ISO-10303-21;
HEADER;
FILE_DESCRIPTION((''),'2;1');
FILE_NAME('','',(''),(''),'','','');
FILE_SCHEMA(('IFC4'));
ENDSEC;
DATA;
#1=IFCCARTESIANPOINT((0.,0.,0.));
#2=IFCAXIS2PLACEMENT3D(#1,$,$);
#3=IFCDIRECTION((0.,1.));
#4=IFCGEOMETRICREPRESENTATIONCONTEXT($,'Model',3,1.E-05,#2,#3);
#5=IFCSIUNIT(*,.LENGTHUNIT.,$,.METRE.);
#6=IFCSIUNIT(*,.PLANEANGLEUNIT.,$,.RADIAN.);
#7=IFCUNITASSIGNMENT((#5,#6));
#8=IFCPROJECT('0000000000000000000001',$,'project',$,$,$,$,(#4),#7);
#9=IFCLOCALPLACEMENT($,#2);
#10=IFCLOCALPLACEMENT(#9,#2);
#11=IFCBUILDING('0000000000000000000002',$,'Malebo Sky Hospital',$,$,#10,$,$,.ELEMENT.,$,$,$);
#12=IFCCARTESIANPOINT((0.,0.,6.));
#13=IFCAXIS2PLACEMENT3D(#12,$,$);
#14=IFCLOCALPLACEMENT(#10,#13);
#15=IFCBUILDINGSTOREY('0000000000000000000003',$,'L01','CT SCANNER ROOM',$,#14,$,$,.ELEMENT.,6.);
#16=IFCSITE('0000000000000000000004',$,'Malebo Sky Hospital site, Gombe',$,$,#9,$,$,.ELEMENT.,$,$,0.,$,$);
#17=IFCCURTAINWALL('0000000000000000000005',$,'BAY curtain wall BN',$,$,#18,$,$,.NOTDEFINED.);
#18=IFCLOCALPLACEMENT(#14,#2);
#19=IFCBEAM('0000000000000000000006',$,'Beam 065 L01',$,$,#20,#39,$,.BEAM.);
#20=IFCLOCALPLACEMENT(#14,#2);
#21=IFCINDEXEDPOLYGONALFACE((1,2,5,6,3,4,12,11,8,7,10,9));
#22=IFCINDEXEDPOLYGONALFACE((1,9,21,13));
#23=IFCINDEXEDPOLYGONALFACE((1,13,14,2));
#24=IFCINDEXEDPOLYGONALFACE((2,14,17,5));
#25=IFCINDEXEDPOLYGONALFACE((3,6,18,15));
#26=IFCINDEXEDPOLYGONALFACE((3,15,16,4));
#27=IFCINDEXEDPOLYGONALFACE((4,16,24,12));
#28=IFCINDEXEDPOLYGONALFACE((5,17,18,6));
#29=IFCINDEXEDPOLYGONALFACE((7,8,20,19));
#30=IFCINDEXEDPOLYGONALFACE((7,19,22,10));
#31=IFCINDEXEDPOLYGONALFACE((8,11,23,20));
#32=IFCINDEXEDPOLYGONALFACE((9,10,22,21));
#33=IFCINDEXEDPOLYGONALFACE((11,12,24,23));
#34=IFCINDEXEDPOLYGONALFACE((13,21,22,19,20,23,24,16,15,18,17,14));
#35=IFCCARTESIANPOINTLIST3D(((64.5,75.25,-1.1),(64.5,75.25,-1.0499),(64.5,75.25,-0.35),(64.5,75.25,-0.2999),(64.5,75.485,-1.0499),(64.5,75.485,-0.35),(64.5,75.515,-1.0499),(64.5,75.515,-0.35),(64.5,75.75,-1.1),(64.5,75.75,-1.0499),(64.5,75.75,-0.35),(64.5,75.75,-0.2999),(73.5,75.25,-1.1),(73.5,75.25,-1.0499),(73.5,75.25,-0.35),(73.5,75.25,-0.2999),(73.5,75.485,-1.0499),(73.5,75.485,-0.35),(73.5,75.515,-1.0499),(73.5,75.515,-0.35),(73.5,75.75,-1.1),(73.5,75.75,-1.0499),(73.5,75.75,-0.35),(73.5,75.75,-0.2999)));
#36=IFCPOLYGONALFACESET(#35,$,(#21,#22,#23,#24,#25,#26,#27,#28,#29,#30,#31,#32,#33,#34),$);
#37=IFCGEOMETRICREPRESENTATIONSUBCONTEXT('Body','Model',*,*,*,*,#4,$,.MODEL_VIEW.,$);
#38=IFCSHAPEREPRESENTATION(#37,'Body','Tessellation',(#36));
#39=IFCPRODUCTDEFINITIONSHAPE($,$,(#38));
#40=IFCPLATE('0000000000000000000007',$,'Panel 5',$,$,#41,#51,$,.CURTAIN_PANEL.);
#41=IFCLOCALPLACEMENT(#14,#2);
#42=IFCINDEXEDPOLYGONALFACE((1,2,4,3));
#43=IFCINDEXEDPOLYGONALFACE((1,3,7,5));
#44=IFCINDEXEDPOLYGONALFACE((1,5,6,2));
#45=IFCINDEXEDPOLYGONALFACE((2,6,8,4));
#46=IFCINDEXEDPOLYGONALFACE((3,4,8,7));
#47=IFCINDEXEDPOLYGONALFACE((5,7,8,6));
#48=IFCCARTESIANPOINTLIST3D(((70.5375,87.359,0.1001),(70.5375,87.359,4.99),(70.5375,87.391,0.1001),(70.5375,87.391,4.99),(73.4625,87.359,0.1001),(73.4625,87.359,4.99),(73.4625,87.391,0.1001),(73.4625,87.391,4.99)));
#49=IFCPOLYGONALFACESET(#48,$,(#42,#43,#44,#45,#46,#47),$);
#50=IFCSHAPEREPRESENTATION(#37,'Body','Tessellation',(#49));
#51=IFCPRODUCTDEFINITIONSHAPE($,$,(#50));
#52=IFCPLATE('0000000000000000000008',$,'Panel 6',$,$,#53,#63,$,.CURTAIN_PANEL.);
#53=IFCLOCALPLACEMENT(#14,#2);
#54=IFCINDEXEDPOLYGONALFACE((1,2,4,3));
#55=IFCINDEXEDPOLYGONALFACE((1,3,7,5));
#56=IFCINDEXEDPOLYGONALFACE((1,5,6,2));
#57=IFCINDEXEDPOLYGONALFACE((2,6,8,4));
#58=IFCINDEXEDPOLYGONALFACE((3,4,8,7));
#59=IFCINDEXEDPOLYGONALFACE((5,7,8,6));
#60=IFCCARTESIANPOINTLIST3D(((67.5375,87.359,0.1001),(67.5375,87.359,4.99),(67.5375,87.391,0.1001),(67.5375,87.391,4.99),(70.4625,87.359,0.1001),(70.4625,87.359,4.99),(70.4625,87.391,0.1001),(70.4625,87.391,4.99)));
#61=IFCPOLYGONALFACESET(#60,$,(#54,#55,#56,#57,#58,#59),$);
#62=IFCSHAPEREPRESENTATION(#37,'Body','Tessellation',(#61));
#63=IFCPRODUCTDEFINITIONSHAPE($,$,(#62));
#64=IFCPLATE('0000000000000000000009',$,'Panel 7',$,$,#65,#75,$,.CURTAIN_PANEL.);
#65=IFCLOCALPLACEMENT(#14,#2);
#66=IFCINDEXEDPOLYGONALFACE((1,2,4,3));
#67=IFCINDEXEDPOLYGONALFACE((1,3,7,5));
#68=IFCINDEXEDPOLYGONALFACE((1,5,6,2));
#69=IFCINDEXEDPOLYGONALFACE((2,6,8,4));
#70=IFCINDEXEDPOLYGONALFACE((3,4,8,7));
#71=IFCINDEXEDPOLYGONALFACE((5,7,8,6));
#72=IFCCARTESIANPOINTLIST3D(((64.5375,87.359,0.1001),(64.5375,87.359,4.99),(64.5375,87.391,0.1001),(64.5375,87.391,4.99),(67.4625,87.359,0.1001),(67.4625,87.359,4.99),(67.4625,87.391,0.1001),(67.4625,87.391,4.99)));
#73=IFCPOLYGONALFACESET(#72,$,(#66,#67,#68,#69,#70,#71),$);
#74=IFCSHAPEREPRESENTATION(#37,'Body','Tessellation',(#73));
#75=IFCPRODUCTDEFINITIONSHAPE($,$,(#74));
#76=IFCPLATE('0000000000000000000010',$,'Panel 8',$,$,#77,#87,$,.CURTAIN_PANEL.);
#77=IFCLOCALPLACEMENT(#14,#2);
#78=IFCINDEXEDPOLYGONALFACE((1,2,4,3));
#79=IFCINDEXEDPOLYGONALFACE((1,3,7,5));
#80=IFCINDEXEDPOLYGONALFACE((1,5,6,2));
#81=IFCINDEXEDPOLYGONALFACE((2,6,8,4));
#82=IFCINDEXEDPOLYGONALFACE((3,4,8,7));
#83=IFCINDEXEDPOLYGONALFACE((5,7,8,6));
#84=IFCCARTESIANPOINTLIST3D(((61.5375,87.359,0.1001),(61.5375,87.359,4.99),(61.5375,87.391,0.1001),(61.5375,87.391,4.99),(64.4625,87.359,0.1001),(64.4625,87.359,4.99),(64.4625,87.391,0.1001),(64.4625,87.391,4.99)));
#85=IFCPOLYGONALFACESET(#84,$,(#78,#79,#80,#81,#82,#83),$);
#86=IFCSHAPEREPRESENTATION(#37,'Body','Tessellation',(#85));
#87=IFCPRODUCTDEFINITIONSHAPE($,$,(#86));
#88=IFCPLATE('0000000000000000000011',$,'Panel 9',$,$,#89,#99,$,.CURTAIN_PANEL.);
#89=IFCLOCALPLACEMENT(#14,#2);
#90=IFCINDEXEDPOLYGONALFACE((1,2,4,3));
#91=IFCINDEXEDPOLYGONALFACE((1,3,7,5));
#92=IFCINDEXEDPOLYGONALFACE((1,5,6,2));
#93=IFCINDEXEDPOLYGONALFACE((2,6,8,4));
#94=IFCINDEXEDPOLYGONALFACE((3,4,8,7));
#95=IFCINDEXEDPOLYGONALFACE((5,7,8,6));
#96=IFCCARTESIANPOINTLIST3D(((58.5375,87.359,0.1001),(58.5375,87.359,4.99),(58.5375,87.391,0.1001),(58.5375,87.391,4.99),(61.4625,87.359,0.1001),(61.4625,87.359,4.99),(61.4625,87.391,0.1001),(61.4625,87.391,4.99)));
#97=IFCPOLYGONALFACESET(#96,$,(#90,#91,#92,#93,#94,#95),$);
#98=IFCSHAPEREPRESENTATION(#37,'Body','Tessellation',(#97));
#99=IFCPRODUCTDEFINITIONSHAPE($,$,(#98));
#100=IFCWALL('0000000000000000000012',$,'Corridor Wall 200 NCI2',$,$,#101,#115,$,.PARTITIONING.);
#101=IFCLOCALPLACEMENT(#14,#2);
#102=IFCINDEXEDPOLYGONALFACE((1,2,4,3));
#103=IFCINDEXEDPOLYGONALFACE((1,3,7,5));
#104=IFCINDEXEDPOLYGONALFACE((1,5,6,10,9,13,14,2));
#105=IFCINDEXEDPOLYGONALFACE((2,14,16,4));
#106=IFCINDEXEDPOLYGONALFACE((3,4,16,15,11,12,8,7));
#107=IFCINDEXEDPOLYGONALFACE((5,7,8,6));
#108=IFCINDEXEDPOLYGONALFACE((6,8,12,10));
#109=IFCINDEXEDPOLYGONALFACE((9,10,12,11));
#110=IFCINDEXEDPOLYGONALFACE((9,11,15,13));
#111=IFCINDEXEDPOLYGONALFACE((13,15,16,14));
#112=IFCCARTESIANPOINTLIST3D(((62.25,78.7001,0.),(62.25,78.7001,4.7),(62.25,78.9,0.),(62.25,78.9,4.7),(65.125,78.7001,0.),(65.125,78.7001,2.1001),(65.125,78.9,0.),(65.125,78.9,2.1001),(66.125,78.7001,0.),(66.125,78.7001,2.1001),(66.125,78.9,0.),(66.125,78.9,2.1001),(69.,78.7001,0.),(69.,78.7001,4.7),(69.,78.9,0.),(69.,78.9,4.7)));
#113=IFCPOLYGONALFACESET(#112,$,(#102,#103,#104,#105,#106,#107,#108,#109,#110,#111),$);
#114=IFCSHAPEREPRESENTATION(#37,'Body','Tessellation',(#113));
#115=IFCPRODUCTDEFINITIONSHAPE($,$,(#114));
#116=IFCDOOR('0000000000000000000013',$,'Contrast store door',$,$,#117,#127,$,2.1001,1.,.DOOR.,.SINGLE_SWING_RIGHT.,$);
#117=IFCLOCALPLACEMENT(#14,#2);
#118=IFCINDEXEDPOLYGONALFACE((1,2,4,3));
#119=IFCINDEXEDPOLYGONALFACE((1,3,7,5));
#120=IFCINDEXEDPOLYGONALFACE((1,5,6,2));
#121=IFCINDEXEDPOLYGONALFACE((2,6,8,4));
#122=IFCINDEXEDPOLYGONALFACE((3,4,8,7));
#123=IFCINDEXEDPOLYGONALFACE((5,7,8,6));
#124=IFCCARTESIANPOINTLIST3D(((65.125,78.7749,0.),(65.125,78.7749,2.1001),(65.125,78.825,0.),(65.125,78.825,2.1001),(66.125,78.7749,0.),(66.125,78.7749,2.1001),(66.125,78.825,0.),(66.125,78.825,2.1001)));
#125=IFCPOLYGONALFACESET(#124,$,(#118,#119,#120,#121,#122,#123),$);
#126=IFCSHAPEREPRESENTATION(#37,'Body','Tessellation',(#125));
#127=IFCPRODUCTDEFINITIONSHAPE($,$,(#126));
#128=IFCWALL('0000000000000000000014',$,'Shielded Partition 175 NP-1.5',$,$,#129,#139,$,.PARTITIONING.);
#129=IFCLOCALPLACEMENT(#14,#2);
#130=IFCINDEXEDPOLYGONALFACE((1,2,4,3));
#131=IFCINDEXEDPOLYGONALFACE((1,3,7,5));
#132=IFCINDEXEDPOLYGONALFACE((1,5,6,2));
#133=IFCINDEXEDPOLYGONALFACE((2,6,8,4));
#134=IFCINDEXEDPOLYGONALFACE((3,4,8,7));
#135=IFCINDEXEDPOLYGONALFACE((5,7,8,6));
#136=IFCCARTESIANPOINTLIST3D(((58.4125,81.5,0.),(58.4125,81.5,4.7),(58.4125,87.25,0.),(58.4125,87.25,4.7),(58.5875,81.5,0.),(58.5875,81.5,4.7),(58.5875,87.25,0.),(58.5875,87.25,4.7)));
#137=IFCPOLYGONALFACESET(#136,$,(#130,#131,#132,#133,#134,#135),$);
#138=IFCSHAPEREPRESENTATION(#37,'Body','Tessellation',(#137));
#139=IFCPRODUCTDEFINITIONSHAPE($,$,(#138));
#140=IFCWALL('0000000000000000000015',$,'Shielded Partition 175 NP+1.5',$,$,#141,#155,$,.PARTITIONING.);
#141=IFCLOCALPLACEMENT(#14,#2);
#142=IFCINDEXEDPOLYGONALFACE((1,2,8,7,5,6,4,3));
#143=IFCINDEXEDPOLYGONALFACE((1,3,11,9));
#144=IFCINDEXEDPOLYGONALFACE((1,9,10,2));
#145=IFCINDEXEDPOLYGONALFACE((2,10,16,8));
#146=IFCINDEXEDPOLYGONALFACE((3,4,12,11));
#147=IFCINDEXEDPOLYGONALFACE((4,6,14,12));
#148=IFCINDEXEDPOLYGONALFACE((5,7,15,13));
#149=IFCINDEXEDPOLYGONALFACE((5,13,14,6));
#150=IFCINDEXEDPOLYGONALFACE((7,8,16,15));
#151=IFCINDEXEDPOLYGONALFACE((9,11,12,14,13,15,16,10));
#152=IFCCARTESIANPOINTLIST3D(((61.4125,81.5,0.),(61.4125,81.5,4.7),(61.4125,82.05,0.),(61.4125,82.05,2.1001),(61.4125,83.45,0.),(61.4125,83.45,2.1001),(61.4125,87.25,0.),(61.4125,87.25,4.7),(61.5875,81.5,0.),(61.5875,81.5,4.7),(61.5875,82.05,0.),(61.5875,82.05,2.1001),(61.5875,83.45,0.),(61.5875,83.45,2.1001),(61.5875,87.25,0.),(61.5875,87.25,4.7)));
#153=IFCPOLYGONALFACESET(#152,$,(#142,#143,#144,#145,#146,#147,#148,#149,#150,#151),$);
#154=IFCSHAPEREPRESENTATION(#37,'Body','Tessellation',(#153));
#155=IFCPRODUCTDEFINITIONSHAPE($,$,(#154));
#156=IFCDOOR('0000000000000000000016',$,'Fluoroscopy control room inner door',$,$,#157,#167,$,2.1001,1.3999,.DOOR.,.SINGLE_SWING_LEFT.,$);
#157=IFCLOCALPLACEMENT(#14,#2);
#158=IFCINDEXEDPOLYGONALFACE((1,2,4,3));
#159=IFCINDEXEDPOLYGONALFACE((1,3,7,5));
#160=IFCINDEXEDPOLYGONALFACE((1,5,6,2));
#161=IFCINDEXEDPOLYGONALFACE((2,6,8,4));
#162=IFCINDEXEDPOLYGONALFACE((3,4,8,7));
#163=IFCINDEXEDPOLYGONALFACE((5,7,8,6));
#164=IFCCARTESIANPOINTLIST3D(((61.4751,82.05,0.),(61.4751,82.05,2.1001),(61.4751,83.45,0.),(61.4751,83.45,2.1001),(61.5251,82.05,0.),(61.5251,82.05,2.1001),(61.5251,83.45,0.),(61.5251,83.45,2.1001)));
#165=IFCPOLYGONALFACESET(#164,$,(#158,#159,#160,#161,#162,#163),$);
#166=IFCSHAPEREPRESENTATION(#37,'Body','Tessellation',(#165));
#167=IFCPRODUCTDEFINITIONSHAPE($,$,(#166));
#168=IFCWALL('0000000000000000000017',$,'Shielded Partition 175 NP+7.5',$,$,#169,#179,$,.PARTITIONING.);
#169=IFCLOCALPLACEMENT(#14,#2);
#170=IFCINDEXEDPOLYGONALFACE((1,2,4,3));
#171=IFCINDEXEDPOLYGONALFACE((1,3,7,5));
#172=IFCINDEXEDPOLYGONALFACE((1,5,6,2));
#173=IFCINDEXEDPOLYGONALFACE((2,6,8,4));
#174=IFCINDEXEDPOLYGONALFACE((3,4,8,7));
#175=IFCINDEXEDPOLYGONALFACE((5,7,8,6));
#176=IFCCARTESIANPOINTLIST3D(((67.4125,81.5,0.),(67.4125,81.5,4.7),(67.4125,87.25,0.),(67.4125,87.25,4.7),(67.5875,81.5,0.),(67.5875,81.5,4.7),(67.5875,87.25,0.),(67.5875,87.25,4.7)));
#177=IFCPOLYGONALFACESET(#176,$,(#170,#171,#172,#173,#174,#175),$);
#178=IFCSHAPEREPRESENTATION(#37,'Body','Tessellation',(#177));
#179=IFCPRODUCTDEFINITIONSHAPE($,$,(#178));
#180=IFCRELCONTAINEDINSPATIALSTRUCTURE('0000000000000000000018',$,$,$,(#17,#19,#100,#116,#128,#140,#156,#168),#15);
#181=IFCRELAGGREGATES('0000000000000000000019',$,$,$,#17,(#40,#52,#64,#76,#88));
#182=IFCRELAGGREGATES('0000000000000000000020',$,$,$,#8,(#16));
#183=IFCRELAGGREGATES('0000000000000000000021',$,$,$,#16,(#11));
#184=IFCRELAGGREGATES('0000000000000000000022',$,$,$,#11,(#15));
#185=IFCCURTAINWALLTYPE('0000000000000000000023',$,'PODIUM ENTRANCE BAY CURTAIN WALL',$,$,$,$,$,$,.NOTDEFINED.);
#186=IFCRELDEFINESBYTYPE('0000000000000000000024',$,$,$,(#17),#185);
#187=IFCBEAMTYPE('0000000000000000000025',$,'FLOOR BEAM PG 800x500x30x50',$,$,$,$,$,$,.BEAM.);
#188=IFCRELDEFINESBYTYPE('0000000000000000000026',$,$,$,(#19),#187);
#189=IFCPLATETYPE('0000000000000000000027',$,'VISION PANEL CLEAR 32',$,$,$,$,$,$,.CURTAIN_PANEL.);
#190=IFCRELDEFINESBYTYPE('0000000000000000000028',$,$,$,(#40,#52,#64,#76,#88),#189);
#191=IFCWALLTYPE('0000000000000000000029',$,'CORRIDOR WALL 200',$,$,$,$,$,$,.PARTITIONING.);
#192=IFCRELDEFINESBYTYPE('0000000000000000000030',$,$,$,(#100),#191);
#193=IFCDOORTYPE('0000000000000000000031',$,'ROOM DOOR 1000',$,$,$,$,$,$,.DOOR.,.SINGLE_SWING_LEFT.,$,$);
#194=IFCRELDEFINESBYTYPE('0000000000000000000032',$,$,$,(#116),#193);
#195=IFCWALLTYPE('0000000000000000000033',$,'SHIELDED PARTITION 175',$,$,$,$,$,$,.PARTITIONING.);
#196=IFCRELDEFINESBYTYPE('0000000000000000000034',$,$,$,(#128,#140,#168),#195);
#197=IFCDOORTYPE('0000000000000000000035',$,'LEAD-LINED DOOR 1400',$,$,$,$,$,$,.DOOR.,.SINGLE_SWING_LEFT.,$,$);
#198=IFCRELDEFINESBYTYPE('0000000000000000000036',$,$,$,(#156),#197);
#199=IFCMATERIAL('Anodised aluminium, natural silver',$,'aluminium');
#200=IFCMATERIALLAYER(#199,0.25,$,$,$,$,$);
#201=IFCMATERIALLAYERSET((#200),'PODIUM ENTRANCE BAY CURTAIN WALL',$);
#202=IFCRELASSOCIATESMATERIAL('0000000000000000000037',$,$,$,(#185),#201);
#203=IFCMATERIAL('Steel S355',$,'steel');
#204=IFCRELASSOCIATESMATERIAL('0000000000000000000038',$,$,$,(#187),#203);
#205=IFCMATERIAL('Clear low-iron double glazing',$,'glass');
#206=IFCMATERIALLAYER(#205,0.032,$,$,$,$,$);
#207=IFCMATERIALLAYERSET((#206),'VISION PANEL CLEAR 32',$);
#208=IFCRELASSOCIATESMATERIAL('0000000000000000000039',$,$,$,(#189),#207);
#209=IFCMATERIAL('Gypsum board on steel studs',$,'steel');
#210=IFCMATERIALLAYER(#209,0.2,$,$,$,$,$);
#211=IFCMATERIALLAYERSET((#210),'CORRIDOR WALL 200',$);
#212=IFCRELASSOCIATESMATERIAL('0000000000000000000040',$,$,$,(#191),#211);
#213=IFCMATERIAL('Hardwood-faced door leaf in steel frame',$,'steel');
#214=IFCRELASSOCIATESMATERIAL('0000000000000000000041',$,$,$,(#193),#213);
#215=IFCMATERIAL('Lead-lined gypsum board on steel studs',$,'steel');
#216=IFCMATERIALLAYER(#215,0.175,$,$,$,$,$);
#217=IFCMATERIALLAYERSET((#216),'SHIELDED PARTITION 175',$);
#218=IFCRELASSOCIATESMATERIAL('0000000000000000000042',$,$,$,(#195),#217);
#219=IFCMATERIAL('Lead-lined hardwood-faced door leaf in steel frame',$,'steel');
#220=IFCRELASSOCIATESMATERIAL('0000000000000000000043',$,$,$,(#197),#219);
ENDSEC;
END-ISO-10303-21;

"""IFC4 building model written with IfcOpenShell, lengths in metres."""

from ifc_helpers import new_model, si_unit, direction, frame, frame_2d, origin, origin_2d, place, context, subcontext, project, spatial, rectangle, i_section, extrude, material, layer, layer_set, material_profile, profile_set, type_object, element, fill, aggregate, save


model = new_model("IFC4")

# Units and contexts
model_context = context("Model", 3, precision=1e-05, world=origin(), true_north=direction((0.0, 1.0)))
body_context = subcontext(model_context, "Body", "Model", "MODEL_VIEW")
ifc_project = project(units=[si_unit("LENGTHUNIT", "METRE"), si_unit("PLANEANGLEUNIT", "RADIAN")], contexts=[model_context])

# Site, building, storey
site_placement = place(None, origin())
site = spatial("IfcSite", under=ifc_project, at=site_placement, Name="Malebo Sky Hospital site, Gombe", CompositionType="ELEMENT", RefElevation=0.0)
building_placement = place(site_placement, origin())
building = spatial("IfcBuilding", under=site, at=building_placement, Name="Malebo Sky Hospital", CompositionType="ELEMENT")
storey_placement = place(building_placement, frame((0.0, 0.0, 6.0)))
storey = spatial("IfcBuildingStorey", under=building, at=storey_placement, Name="L01", Description="CT SCANNER ROOM", CompositionType="ELEMENT", Elevation=6.0)

# Curtain wall
ifc_material_1 = material(Name="Anodised aluminium, natural silver", Category="aluminium")
ifc_layer_1 = layer(ifc_material_1, 0.25)
ifc_layer_set_1 = layer_set([ifc_layer_1], Name="PODIUM ENTRANCE BAY CURTAIN WALL")
curtain_wall_type = type_object("IfcCurtainWallType", Name="PODIUM ENTRANCE BAY CURTAIN WALL", PredefinedType="NOTDEFINED", material=ifc_layer_set_1)
curtain_wall_placement = place(storey_placement, origin())
curtain_wall = element("IfcCurtainWall", 1, at=curtain_wall_placement, inside=storey, type_object=curtain_wall_type, Name="BAY curtain wall BN", PredefinedType="NOTDEFINED")

# Beam
ifc_material_2 = material(Name="Steel S355", Category="steel")
ifc_material_profile_1 = material_profile(ifc_material_2, i_section(OverallWidth=0.5, OverallDepth=0.8, WebThickness=0.03, FlangeThickness=0.05, at=origin_2d()), Name="PG 800x500x30x50")
ifc_profile_set_1 = profile_set([ifc_material_profile_1], Name="Steel S355")
beam_type_1 = type_object("IfcBeamType", Name="FLOOR BEAM PG 800x500x30x50", PredefinedType="BEAM", material=ifc_profile_set_1)
beam_1_placement = place(storey_placement, frame((64.5, 75.5, -0.7), z_axis=(1.0, 0.0, 0.0), x_axis=(0.0, 1.0, 0.0)))
element("IfcBeam", 2, at=beam_1_placement, inside=storey, type_object=beam_type_1, Name="Beam 065 L01", PredefinedType="BEAM", context=body_context, shape_type="SweptSolid", body=[
    extrude(i_section(OverallWidth=0.5, OverallDepth=0.8, WebThickness=0.03, FlangeThickness=0.05, at=origin_2d()), origin(), (0.0, 0.0, 1.0), 9.0),
])

# Plates
ifc_material_3 = material(Name="Clear low-iron double glazing", Category="glass")
ifc_layer_2 = layer(ifc_material_3, 0.032)
ifc_layer_set_2 = layer_set([ifc_layer_2], Name="VISION PANEL CLEAR 32")
plate_type = type_object("IfcPlateType", Name="VISION PANEL CLEAR 32", PredefinedType="CURTAIN_PANEL", material=ifc_layer_set_2)
plate_1_placement = place(storey_placement, frame((72.0, 87.375, 0.1001), z_axis=(0.0, 0.0, 1.0), x_axis=(-1.0, 0.0, 0.0)))
plate_1 = element("IfcPlate", 3, at=plate_1_placement, type_object=plate_type, Name="Panel 5", PredefinedType="CURTAIN_PANEL", context=body_context, shape_type="SweptSolid", body=[
    extrude(rectangle(XDim=2.925, YDim=0.032, at=origin_2d()), origin(), (0.0, 0.0, 1.0), 4.8899),
])
plate_2_placement = place(storey_placement, frame((69.0, 87.375, 0.1001), z_axis=(0.0, 0.0, 1.0), x_axis=(-1.0, 0.0, 0.0)))
plate_2 = element("IfcPlate", 4, at=plate_2_placement, type_object=plate_type, Name="Panel 6", PredefinedType="CURTAIN_PANEL", context=body_context, shape_type="SweptSolid", body=[
    extrude(rectangle(XDim=2.925, YDim=0.032, at=origin_2d()), origin(), (0.0, 0.0, 1.0), 4.8899),
])
plate_3_placement = place(storey_placement, frame((66.0, 87.375, 0.1001), z_axis=(0.0, 0.0, 1.0), x_axis=(-1.0, 0.0, 0.0)))
plate_3 = element("IfcPlate", 5, at=plate_3_placement, type_object=plate_type, Name="Panel 7", PredefinedType="CURTAIN_PANEL", context=body_context, shape_type="SweptSolid", body=[
    extrude(rectangle(XDim=2.925, YDim=0.032, at=origin_2d()), origin(), (0.0, 0.0, 1.0), 4.8899),
])
plate_4_placement = place(storey_placement, frame((63.0, 87.375, 0.1001), z_axis=(0.0, 0.0, 1.0), x_axis=(-1.0, 0.0, 0.0)))
plate_4 = element("IfcPlate", 6, at=plate_4_placement, type_object=plate_type, Name="Panel 8", PredefinedType="CURTAIN_PANEL", context=body_context, shape_type="SweptSolid", body=[
    extrude(rectangle(XDim=2.925, YDim=0.032, at=origin_2d()), origin(), (0.0, 0.0, 1.0), 4.8899),
])
plate_5_placement = place(storey_placement, frame((60.0, 87.375, 0.1001), z_axis=(0.0, 0.0, 1.0), x_axis=(-1.0, 0.0, 0.0)))
plate_5 = element("IfcPlate", 7, at=plate_5_placement, type_object=plate_type, Name="Panel 9", PredefinedType="CURTAIN_PANEL", context=body_context, shape_type="SweptSolid", body=[
    extrude(rectangle(XDim=2.925, YDim=0.032, at=origin_2d()), origin(), (0.0, 0.0, 1.0), 4.8899),
])
aggregate(curtain_wall, [plate_1, plate_2, plate_3, plate_4, plate_5])

# Wall, opening, door
ifc_material_4 = material(Name="Gypsum board on steel studs", Category="steel")
ifc_layer_3 = layer(ifc_material_4, 0.2)
ifc_layer_set_3 = layer_set([ifc_layer_3], Name="CORRIDOR WALL 200")
wall_type_1 = type_object("IfcWallType", Name="CORRIDOR WALL 200", PredefinedType="PARTITIONING", material=ifc_layer_set_3)
wall_1_placement = place(storey_placement, frame((62.25, 78.8, 0.0), z_axis=(0.0, 0.0, 1.0), x_axis=(1.0, 0.0, 0.0)))
wall_1 = element("IfcWall", 8, at=wall_1_placement, inside=storey, type_object=wall_type_1, Name="Corridor Wall 200 NCI2", PredefinedType="PARTITIONING", context=body_context, shape_type="SweptSolid", body=[
    extrude(rectangle(XDim=6.75, YDim=0.2, at=frame_2d((3.375, 0.0))), origin(), (0.0, 0.0, 1.0), 4.7),
])
opening_1_placement = place(wall_1_placement, frame((2.875, 0.0, 0.0)))
opening_1 = element("IfcOpeningElement", 9, at=opening_1_placement, cuts=wall_1, PredefinedType="OPENING", context=body_context, shape_type="SweptSolid", body=[
    extrude(rectangle(XDim=1.0, YDim=2.1001, at=frame_2d((0.5, 1.05))), frame((0.0, 0.1099, 0.0), z_axis=(0.0, -1.0, 0.0), x_axis=(1.0, 0.0, 0.0)), (0.0, 0.0, 1.0), 0.22),
])
ifc_material_5 = material(Name="Hardwood-faced door leaf in steel frame", Category="steel")
door_type_1 = type_object("IfcDoorType", Name="ROOM DOOR 1000", OperationType="SINGLE_SWING_LEFT", PredefinedType="DOOR", material=ifc_material_5)
door_1_placement = place(opening_1_placement, origin())
door_1 = element("IfcDoor", 10, at=door_1_placement, inside=storey, type_object=door_type_1, Name="Contrast store door", OperationType="SINGLE_SWING_RIGHT", OverallHeight=2.1001, OverallWidth=1.0, PredefinedType="DOOR", context=body_context, shape_type="SweptSolid", body=[
    extrude(rectangle(XDim=1.0, YDim=2.1001, at=frame_2d((0.5, 1.05))), frame((0.0, 0.0249, 0.0), z_axis=(0.0, -1.0, 0.0), x_axis=(1.0, 0.0, 0.0)), (0.0, 0.0, 1.0), 0.05),
])
fill(opening_1, door_1)

# Wall
ifc_material_6 = material(Name="Lead-lined gypsum board on steel studs", Category="steel")
ifc_layer_4 = layer(ifc_material_6, 0.175)
ifc_layer_set_4 = layer_set([ifc_layer_4], Name="SHIELDED PARTITION 175")
wall_type_2 = type_object("IfcWallType", Name="SHIELDED PARTITION 175", PredefinedType="PARTITIONING", material=ifc_layer_set_4)
wall_2_placement = place(storey_placement, frame((58.5, 81.5, 0.0), z_axis=(0.0, 0.0, 1.0), x_axis=(0.0, 1.0, 0.0)))
element("IfcWall", 11, at=wall_2_placement, inside=storey, type_object=wall_type_2, Name="Shielded Partition 175 NP-1.5", PredefinedType="PARTITIONING", context=body_context, shape_type="SweptSolid", body=[
    extrude(rectangle(XDim=5.75, YDim=0.175, at=frame_2d((2.875, 0.0))), origin(), (0.0, 0.0, 1.0), 4.7),
])

# Wall, opening, door
wall_3_placement = place(storey_placement, frame((61.5, 81.5, 0.0), z_axis=(0.0, 0.0, 1.0), x_axis=(0.0, 1.0, 0.0)))
wall_3 = element("IfcWall", 12, at=wall_3_placement, inside=storey, type_object=wall_type_2, Name="Shielded Partition 175 NP+1.5", PredefinedType="PARTITIONING", context=body_context, shape_type="SweptSolid", body=[
    extrude(rectangle(XDim=5.75, YDim=0.175, at=frame_2d((2.875, 0.0))), origin(), (0.0, 0.0, 1.0), 4.7),
])
opening_2_placement = place(wall_3_placement, frame((0.55, 0.0, 0.0)))
opening_2 = element("IfcOpeningElement", 13, at=opening_2_placement, cuts=wall_3, PredefinedType="OPENING", context=body_context, shape_type="SweptSolid", body=[
    extrude(rectangle(XDim=1.3999, YDim=2.1001, at=frame_2d((0.7, 1.05))), frame((0.0, 0.0974, 0.0), z_axis=(0.0, -1.0, 0.0), x_axis=(1.0, 0.0, 0.0)), (0.0, 0.0, 1.0), 0.1951),
])
ifc_material_7 = material(Name="Lead-lined hardwood-faced door leaf in steel frame", Category="steel")
door_type_2 = type_object("IfcDoorType", Name="LEAD-LINED DOOR 1400", OperationType="SINGLE_SWING_LEFT", PredefinedType="DOOR", material=ifc_material_7)
door_2_placement = place(opening_2_placement, origin())
door_2 = element("IfcDoor", 14, at=door_2_placement, inside=storey, type_object=door_type_2, Name="Fluoroscopy control room inner door", OperationType="SINGLE_SWING_LEFT", OverallHeight=2.1001, OverallWidth=1.3999, PredefinedType="DOOR", context=body_context, shape_type="SweptSolid", body=[
    extrude(rectangle(XDim=1.3999, YDim=2.1001, at=frame_2d((0.7, 1.05))), frame((0.0, 0.0249, 0.0), z_axis=(0.0, -1.0, 0.0), x_axis=(1.0, 0.0, 0.0)), (0.0, 0.0, 1.0), 0.05),
])
fill(opening_2, door_2)

# Wall
wall_4_placement = place(storey_placement, frame((67.5, 81.5, 0.0), z_axis=(0.0, 0.0, 1.0), x_axis=(0.0, 1.0, 0.0)))
element("IfcWall", 15, at=wall_4_placement, inside=storey, type_object=wall_type_2, Name="Shielded Partition 175 NP+7.5", PredefinedType="PARTITIONING", context=body_context, shape_type="SweptSolid", body=[
    extrude(rectangle(XDim=5.75, YDim=0.175, at=frame_2d((2.875, 0.0))), origin(), (0.0, 0.0, 1.0), 4.7),
])

save(model, "model.ifc")
